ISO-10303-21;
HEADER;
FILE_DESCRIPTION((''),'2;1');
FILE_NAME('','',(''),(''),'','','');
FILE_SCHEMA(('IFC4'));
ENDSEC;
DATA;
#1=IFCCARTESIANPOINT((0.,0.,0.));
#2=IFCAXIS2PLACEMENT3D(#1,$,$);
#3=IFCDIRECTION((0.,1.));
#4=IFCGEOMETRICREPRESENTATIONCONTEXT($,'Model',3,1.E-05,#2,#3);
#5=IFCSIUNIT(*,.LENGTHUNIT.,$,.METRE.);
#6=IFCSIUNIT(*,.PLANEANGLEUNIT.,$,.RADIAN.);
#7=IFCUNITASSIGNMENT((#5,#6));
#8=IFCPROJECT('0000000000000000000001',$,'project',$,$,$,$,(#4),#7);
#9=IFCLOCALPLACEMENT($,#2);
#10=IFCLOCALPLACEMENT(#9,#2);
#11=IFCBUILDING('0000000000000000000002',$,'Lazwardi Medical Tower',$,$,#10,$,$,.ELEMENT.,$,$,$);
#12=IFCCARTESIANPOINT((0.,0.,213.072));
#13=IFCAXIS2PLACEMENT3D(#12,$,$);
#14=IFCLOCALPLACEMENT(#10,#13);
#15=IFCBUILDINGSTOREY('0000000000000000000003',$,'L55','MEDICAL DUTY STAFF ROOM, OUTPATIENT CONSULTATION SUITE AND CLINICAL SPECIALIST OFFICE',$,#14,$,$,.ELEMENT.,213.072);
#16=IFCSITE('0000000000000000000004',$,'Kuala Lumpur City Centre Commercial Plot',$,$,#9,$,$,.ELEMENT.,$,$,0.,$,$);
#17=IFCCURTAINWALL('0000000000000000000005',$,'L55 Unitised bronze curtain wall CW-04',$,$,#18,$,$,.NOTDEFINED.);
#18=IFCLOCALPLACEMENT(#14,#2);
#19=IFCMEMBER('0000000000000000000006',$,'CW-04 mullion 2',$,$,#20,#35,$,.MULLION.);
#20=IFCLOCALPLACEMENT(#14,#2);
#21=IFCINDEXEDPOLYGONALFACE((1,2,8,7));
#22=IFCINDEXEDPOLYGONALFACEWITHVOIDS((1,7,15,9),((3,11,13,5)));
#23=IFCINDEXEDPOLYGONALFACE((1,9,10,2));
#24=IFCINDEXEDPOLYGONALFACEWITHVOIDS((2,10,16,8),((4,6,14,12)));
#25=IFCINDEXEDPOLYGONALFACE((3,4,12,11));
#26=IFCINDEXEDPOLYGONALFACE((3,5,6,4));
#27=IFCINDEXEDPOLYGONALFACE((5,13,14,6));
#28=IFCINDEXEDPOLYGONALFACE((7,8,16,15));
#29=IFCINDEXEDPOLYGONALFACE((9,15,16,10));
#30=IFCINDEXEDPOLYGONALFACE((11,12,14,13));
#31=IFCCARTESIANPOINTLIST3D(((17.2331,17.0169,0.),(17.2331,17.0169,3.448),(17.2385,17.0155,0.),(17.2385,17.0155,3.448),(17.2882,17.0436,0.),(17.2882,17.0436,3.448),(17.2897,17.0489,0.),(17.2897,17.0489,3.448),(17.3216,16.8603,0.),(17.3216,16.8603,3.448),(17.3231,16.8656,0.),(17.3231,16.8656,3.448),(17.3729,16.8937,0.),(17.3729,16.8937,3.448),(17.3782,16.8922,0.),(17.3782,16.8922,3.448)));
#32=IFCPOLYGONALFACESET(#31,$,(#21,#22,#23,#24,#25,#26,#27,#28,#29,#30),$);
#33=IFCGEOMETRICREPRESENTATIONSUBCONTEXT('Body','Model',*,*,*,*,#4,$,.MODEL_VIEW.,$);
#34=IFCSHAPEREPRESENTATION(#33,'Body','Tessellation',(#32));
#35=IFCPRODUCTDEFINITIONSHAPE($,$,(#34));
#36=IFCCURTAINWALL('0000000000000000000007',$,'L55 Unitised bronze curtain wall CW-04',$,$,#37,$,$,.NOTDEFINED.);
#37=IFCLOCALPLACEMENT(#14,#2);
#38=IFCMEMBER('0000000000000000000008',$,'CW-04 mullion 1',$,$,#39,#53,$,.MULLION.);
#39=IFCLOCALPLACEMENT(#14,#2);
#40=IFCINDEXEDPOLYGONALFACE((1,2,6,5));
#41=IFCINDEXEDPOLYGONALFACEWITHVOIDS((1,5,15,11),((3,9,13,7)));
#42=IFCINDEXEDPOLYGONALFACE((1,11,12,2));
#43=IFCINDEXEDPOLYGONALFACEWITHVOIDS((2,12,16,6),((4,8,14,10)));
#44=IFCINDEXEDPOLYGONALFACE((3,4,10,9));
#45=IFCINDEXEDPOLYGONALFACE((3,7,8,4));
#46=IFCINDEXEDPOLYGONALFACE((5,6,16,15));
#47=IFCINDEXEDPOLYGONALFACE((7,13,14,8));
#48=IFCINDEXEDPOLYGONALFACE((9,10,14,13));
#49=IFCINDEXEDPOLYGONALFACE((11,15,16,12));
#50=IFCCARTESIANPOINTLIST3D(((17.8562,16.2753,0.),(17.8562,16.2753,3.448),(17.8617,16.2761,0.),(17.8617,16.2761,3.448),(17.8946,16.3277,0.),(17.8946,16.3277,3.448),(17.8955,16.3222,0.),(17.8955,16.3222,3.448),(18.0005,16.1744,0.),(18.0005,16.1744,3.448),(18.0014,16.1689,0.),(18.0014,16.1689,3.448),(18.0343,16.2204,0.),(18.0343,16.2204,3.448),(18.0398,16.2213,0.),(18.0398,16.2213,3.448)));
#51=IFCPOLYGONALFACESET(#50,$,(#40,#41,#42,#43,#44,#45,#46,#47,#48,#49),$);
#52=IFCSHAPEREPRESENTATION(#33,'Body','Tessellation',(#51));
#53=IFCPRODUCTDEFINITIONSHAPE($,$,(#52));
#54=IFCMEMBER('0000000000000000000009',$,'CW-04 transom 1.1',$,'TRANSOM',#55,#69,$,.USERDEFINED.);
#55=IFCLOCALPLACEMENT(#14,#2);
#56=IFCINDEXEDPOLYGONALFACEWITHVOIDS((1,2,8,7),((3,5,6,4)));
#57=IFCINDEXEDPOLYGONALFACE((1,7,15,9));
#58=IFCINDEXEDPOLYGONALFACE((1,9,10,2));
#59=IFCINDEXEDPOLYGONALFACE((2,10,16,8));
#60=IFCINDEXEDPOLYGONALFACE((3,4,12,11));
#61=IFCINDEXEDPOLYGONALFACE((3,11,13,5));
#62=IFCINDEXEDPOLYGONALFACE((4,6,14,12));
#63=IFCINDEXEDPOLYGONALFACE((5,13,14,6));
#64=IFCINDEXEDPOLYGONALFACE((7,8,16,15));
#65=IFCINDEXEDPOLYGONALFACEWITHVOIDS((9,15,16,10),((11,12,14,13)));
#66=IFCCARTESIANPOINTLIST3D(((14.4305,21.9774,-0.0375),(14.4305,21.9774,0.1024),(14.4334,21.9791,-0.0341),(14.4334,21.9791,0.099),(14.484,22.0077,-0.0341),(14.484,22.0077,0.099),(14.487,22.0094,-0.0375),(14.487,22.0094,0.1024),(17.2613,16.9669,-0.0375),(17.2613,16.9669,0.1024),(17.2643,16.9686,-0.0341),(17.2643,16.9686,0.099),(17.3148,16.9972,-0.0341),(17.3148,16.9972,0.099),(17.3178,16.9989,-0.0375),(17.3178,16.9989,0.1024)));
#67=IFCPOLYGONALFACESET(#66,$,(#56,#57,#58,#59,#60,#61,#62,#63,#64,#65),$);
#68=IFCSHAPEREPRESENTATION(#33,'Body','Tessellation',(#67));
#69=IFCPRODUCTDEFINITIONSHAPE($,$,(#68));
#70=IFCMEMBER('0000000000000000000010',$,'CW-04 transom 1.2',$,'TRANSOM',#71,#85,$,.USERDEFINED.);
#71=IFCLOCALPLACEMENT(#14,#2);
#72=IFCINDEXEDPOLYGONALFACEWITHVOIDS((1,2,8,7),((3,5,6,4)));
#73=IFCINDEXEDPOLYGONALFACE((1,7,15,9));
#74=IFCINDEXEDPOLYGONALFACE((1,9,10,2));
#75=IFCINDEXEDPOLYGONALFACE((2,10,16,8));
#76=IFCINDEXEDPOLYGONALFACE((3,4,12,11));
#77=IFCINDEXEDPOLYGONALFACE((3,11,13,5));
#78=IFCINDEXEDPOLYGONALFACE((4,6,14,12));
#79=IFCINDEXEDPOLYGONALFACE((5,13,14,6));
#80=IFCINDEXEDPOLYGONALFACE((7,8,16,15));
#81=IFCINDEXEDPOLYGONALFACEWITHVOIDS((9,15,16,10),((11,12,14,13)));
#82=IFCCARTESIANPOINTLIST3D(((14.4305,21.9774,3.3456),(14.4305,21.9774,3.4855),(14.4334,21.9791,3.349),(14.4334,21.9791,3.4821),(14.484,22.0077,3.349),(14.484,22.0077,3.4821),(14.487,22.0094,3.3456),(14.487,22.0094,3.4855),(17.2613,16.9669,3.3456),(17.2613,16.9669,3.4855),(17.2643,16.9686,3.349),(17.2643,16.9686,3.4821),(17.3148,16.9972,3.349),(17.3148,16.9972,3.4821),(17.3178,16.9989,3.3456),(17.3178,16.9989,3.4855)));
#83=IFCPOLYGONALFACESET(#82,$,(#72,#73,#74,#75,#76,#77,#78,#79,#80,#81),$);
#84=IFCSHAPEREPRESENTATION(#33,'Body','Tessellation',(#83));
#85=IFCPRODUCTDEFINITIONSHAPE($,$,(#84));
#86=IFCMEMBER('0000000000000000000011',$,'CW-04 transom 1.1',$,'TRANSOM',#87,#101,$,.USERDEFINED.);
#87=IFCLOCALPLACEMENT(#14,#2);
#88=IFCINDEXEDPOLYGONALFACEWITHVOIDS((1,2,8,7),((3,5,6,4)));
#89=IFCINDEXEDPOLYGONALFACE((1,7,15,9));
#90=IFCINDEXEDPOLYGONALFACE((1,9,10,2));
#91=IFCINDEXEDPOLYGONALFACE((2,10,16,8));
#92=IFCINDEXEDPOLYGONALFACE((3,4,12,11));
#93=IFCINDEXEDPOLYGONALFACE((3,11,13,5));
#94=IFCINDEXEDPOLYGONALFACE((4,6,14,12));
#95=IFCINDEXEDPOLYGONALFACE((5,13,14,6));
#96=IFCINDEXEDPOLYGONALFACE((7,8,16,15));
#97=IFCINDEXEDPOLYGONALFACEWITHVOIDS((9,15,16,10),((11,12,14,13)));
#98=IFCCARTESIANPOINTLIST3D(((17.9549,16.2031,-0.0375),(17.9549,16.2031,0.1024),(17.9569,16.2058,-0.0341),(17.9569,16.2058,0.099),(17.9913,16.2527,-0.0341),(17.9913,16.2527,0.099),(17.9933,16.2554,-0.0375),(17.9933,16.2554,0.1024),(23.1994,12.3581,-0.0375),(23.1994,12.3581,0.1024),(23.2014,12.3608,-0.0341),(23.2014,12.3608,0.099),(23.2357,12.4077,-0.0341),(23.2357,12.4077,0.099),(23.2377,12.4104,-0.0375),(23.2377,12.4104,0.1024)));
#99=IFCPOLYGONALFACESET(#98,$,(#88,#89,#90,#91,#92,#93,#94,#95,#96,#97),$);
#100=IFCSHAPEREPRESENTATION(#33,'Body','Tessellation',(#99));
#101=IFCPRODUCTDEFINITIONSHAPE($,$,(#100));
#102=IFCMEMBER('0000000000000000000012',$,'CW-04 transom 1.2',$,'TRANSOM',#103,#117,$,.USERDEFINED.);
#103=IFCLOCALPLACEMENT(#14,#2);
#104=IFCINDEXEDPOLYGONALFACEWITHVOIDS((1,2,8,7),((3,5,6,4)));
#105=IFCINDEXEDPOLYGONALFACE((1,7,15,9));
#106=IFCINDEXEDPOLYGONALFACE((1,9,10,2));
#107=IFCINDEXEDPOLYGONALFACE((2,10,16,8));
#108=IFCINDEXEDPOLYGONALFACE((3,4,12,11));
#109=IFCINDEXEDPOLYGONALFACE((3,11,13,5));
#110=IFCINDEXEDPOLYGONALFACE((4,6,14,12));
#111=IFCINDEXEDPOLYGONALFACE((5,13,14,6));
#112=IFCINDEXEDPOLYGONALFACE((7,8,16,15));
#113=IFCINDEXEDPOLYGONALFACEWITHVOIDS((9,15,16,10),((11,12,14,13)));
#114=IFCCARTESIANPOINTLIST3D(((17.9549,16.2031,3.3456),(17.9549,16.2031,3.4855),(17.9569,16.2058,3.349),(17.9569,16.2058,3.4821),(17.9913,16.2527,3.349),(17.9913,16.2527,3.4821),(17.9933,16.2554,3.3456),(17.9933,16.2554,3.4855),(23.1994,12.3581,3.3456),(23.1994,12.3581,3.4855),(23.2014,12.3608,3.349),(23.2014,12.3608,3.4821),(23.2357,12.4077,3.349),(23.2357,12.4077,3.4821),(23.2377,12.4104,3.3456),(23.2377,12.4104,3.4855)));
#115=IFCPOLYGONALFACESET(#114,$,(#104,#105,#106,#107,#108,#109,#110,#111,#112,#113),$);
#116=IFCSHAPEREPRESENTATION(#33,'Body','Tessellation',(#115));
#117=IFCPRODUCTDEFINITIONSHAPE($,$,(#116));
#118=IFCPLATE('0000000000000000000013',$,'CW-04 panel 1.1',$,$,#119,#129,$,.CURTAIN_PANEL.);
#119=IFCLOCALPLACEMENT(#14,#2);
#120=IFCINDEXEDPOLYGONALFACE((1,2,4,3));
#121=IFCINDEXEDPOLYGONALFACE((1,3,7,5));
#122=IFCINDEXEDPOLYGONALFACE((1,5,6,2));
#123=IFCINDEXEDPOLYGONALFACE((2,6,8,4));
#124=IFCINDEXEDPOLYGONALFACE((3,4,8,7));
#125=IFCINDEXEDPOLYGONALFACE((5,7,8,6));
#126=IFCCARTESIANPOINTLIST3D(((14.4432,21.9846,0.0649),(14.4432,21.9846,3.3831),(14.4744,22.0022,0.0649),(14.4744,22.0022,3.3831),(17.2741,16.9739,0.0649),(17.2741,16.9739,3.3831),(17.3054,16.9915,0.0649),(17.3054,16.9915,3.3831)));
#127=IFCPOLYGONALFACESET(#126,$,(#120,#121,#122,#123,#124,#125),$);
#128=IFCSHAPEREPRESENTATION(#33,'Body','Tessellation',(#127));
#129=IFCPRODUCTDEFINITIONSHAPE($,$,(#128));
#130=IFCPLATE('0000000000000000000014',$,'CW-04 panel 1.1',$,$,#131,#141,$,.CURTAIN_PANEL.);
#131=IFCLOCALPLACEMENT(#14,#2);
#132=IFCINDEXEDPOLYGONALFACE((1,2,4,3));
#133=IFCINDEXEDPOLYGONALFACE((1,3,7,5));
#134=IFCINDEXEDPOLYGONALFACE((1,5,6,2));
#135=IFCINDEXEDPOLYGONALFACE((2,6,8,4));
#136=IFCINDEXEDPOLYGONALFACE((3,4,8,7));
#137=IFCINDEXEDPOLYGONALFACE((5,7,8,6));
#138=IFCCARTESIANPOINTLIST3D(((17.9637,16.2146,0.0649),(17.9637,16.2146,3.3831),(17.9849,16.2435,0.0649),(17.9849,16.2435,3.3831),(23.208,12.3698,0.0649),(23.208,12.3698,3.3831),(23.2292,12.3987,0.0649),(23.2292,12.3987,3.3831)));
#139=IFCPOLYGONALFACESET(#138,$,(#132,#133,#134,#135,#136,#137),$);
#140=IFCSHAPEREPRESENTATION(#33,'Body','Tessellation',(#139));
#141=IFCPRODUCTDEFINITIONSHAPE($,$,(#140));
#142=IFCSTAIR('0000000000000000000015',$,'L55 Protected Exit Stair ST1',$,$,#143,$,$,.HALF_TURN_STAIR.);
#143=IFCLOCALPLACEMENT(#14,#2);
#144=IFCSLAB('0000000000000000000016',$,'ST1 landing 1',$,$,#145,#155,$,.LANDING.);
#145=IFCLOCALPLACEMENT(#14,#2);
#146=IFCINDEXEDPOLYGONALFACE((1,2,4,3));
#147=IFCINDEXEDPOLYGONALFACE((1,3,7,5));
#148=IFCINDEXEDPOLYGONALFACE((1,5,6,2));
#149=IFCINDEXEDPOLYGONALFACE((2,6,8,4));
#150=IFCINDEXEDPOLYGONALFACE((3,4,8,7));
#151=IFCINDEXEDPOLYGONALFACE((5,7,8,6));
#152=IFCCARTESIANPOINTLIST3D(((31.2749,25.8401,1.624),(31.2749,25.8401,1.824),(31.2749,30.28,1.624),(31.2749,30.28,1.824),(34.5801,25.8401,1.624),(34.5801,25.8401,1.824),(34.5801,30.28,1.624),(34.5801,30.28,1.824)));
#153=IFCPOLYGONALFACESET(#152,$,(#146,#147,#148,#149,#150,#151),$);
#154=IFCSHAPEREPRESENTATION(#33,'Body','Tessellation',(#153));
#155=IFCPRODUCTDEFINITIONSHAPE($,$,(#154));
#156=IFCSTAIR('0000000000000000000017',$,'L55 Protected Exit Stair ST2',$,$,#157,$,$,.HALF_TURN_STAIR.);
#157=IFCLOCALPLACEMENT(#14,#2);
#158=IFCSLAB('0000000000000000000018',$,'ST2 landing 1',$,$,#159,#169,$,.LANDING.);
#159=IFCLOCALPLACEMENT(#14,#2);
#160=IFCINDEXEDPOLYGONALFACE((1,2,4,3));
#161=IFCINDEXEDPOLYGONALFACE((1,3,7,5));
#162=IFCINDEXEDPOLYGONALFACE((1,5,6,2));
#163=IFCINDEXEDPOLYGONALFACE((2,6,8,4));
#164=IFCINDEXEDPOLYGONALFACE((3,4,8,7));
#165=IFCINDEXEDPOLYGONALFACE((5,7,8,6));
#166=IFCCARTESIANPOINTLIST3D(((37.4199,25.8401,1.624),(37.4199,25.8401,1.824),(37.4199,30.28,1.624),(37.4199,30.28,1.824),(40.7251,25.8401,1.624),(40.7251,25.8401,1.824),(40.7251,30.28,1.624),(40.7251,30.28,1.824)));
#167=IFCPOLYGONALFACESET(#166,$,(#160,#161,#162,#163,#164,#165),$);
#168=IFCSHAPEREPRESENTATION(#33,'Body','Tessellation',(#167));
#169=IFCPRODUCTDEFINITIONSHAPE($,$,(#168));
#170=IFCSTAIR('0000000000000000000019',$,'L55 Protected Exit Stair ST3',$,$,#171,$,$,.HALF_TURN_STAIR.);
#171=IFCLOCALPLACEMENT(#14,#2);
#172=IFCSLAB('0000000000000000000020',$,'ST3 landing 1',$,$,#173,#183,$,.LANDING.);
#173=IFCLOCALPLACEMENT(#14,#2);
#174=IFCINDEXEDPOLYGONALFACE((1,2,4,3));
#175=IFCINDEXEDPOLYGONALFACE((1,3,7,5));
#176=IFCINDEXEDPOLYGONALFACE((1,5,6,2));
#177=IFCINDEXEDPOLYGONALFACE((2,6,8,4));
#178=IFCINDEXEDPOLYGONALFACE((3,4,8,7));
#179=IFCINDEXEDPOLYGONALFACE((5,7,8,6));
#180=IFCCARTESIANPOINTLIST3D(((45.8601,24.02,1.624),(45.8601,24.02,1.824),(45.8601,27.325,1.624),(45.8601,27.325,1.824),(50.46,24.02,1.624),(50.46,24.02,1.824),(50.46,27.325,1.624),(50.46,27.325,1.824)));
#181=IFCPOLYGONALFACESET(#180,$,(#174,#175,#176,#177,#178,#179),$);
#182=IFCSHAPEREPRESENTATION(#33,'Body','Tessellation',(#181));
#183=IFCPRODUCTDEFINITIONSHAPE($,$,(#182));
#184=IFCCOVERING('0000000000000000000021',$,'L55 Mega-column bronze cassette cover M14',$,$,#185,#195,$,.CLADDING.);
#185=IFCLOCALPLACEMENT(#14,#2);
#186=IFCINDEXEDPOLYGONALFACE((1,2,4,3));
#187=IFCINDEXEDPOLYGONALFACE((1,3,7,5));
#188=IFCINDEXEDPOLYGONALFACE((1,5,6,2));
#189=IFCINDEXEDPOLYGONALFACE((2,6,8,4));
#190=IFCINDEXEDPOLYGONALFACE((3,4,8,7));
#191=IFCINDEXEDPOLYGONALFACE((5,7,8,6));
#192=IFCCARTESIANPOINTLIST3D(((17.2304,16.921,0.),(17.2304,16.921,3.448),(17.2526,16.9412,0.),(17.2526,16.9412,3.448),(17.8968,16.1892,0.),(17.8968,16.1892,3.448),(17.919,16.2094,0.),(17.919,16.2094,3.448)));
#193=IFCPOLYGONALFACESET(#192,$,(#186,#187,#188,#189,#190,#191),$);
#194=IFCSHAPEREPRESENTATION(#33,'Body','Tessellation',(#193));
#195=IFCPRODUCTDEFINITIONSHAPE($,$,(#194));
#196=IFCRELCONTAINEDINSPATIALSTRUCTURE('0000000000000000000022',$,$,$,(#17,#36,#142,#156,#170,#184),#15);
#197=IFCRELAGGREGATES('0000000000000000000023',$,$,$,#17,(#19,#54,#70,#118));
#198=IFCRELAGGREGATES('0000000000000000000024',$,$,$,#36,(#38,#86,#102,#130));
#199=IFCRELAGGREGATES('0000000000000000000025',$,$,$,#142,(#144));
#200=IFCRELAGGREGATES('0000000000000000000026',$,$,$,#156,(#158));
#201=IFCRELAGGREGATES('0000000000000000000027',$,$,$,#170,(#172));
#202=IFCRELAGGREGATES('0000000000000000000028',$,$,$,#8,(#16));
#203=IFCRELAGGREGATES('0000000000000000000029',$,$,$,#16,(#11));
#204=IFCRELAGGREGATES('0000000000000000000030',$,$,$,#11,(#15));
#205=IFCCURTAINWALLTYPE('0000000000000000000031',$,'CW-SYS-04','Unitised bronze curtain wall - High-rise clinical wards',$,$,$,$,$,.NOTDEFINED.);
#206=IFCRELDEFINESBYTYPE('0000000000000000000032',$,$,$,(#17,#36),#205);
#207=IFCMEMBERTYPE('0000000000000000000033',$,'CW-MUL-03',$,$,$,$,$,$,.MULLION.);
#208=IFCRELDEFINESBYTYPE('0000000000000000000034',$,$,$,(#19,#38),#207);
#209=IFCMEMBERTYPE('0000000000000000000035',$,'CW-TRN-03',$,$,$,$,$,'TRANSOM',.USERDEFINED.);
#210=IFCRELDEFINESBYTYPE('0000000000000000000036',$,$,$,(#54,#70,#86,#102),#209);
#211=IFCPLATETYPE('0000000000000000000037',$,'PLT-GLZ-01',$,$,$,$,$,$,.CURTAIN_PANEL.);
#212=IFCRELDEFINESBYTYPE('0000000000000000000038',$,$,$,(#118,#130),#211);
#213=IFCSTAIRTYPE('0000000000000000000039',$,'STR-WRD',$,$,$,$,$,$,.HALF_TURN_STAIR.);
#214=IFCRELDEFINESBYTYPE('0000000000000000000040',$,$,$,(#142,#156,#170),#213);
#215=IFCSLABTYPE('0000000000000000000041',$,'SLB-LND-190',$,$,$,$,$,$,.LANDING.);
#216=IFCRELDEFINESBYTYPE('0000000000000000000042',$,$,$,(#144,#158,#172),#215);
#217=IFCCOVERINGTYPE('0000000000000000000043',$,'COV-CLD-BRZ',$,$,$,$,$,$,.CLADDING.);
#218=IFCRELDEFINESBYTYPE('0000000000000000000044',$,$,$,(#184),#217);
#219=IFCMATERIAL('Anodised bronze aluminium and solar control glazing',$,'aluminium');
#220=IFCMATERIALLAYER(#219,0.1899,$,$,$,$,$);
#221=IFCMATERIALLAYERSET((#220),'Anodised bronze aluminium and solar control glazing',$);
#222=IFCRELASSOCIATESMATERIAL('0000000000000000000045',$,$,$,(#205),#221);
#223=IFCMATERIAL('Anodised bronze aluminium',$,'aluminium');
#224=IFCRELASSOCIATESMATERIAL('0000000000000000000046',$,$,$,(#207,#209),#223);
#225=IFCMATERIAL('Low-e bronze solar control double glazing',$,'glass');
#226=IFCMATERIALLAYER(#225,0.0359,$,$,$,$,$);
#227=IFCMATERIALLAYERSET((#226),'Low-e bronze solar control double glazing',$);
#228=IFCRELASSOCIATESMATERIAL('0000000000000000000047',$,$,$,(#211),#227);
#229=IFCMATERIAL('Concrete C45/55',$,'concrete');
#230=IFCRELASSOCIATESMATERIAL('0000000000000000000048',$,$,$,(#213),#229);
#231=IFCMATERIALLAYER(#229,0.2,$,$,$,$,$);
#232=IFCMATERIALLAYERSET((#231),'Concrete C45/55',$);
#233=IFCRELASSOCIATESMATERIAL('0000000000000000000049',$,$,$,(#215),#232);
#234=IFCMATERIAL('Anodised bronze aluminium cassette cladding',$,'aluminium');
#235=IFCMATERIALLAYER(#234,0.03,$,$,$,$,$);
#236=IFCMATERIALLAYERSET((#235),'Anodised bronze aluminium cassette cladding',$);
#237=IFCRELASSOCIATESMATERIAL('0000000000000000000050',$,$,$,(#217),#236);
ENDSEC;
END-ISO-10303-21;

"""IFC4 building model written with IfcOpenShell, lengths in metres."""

from ifc_helpers import new_model, si_unit, direction, frame, origin, origin_2d, place, context, subcontext, project, spatial, polyline, rectangle, hollow_rectangle, outline, extrude, material, layer, layer_set, material_profile, profile_set, type_object, element, aggregate, save


model = new_model("IFC4")

# Units and contexts
model_context = context("Model", 3, precision=1e-05, world=origin(), true_north=direction((0.0, 1.0)))
body_context = subcontext(model_context, "Body", "Model", "MODEL_VIEW")
ifc_project = project(units=[si_unit("LENGTHUNIT", "METRE"), si_unit("PLANEANGLEUNIT", "RADIAN")], contexts=[model_context])

# Site, building, storey
site_placement = place(None, origin())
site = spatial("IfcSite", under=ifc_project, at=site_placement, Name="Kuala Lumpur City Centre Commercial Plot", CompositionType="ELEMENT", RefElevation=0.0)
building_placement = place(site_placement, origin())
building = spatial("IfcBuilding", under=site, at=building_placement, Name="Lazwardi Medical Tower", CompositionType="ELEMENT")
storey_placement = place(building_placement, frame((0.0, 0.0, 213.072)))
storey = spatial("IfcBuildingStorey", under=building, at=storey_placement, Name="L55", Description="MEDICAL DUTY STAFF ROOM, OUTPATIENT CONSULTATION SUITE AND CLINICAL SPECIALIST OFFICE", CompositionType="ELEMENT", Elevation=213.072)

# Curtain walls, members
ifc_material_1 = material(Name="Anodised bronze aluminium and solar control glazing", Category="aluminium")
ifc_layer_1 = layer(ifc_material_1, 0.1899)
ifc_layer_set_1 = layer_set([ifc_layer_1], Name="Anodised bronze aluminium and solar control glazing")
curtain_wall_type = type_object("IfcCurtainWallType", Name="CW-SYS-04", Description="Unitised bronze curtain wall - High-rise clinical wards", PredefinedType="NOTDEFINED", material=ifc_layer_set_1)
curtain_wall_1_placement = place(storey_placement, origin())
curtain_wall_1 = element("IfcCurtainWall", 1, at=curtain_wall_1_placement, inside=storey, type_object=curtain_wall_type, Name="L55 Unitised bronze curtain wall CW-04", PredefinedType="NOTDEFINED")
ifc_material_2 = material(Name="Anodised bronze aluminium", Category="aluminium")
ifc_material_profile_1 = material_profile(ifc_material_2, hollow_rectangle(XDim=0.0649, YDim=0.1799, WallThickness=0.0039, at=origin_2d()), Name="ALU-MULLION 180x65x4")
ifc_profile_set_1 = profile_set([ifc_material_profile_1], Name="Anodised bronze aluminium")
member_type_1 = type_object("IfcMemberType", Name="CW-MUL-03", PredefinedType="MULLION", material=ifc_profile_set_1)
member_1_placement = place(storey_placement, frame((17.3057, 16.9546, 0.0), z_axis=(0.0, 0.0, 1.0), x_axis=(0.870651, 0.4919, 0.0)))
member_1 = element("IfcMember", 2, at=member_1_placement, type_object=member_type_1, Name="CW-04 mullion 2", PredefinedType="MULLION", context=body_context, shape_type="SweptSolid", body=[
    extrude(hollow_rectangle(XDim=0.0649, YDim=0.1799, WallThickness=0.0039, at=origin_2d()), origin(), (0.0, 0.0, 1.0), 3.448),
])
curtain_wall_2_placement = place(storey_placement, origin())
curtain_wall_2 = element("IfcCurtainWall", 3, at=curtain_wall_2_placement, inside=storey, type_object=curtain_wall_type, Name="L55 Unitised bronze curtain wall CW-04", PredefinedType="NOTDEFINED")
member_2_placement = place(storey_placement, frame((17.948, 16.2483, 0.0), z_axis=(0.0, 0.0, 1.0), x_axis=(0.591268, 0.806475, 0.0)))
member_2 = element("IfcMember", 4, at=member_2_placement, type_object=member_type_1, Name="CW-04 mullion 1", PredefinedType="MULLION", context=body_context, shape_type="SweptSolid", body=[
    extrude(hollow_rectangle(XDim=0.0649, YDim=0.1799, WallThickness=0.0039, at=origin_2d()), origin(), (0.0, 0.0, 1.0), 3.448),
])

# Members
ifc_material_profile_2 = material_profile(ifc_material_2, hollow_rectangle(XDim=0.0649, YDim=0.1399, WallThickness=0.0034, at=origin_2d()), Name="ALU-TRANSOM 140x65x3.5")
ifc_profile_set_2 = profile_set([ifc_material_profile_2], Name="Anodised bronze aluminium")
member_type_2 = type_object("IfcMemberType", Name="CW-TRN-03", ElementType="TRANSOM", PredefinedType="USERDEFINED", material=ifc_profile_set_2)
member_3_placement = place(storey_placement, frame((14.4587, 21.9934, 0.0325), z_axis=(0.491898, -0.870653, 0.0), x_axis=(0.870653, 0.491898, 0.0)))
member_3 = element("IfcMember", 5, at=member_3_placement, type_object=member_type_2, Name="CW-04 transom 1.1", ObjectType="TRANSOM", PredefinedType="USERDEFINED", context=body_context, shape_type="SweptSolid", body=[
    extrude(hollow_rectangle(XDim=0.0649, YDim=0.1399, WallThickness=0.0034, at=origin_2d()), origin(), (0.0, 0.0, 1.0), 5.7549),
])
member_4_placement = place(storey_placement, frame((14.4587, 21.9934, 3.4155), z_axis=(0.491898, -0.870653, 0.0), x_axis=(0.870653, 0.491898, 0.0)))
member_4 = element("IfcMember", 6, at=member_4_placement, type_object=member_type_2, Name="CW-04 transom 1.2", ObjectType="TRANSOM", PredefinedType="USERDEFINED", context=body_context, shape_type="SweptSolid", body=[
    extrude(hollow_rectangle(XDim=0.0649, YDim=0.1399, WallThickness=0.0034, at=origin_2d()), origin(), (0.0, 0.0, 1.0), 5.7549),
])
member_5_placement = place(storey_placement, frame((17.9741, 16.2292, 0.0325), z_axis=(0.806472, -0.591273, 0.0), x_axis=(0.591273, 0.806472, 0.0)))
member_5 = element("IfcMember", 7, at=member_5_placement, type_object=member_type_2, Name="CW-04 transom 1.1", ObjectType="TRANSOM", PredefinedType="USERDEFINED", context=body_context, shape_type="SweptSolid", body=[
    extrude(hollow_rectangle(XDim=0.0649, YDim=0.1399, WallThickness=0.0034, at=origin_2d()), origin(), (0.0, 0.0, 1.0), 6.5029),
])
member_6_placement = place(storey_placement, frame((17.9741, 16.2292, 3.4155), z_axis=(0.806472, -0.591273, 0.0), x_axis=(0.591273, 0.806472, 0.0)))
member_6 = element("IfcMember", 8, at=member_6_placement, type_object=member_type_2, Name="CW-04 transom 1.2", ObjectType="TRANSOM", PredefinedType="USERDEFINED", context=body_context, shape_type="SweptSolid", body=[
    extrude(hollow_rectangle(XDim=0.0649, YDim=0.1399, WallThickness=0.0034, at=origin_2d()), origin(), (0.0, 0.0, 1.0), 6.5029),
])

# Plates
ifc_material_3 = material(Name="Low-e bronze solar control double glazing", Category="glass")
ifc_layer_2 = layer(ifc_material_3, 0.0359)
ifc_layer_set_2 = layer_set([ifc_layer_2], Name="Low-e bronze solar control double glazing")
plate_type = type_object("IfcPlateType", Name="PLT-GLZ-01", PredefinedType="CURTAIN_PANEL", material=ifc_layer_set_2)
plate_1_placement = place(storey_placement, frame((15.8743, 19.488, 0.0649), z_axis=(0.0, 0.0, 1.0), x_axis=(0.4919, -0.870651, 0.0)))
plate_1 = element("IfcPlate", 9, at=plate_1_placement, type_object=plate_type, Name="CW-04 panel 1.1", PredefinedType="CURTAIN_PANEL", context=body_context, shape_type="SweptSolid", body=[
    extrude(rectangle(XDim=5.7551, YDim=0.0359, at=origin_2d()), origin(), (0.0, 0.0, 1.0), 3.3181),
])
aggregate(curtain_wall_1, [member_1, member_3, member_4, plate_1])
plate_2_placement = place(storey_placement, frame((20.5964, 14.3066, 0.0649), z_axis=(0.0, 0.0, 1.0), x_axis=(0.806475, -0.591268, 0.0)))
plate_2 = element("IfcPlate", 10, at=plate_2_placement, type_object=plate_type, Name="CW-04 panel 1.1", PredefinedType="CURTAIN_PANEL", context=body_context, shape_type="SweptSolid", body=[
    extrude(rectangle(XDim=6.5027, YDim=0.0359, at=origin_2d()), origin(), (0.0, 0.0, 1.0), 3.3181),
])
aggregate(curtain_wall_2, [member_2, member_5, member_6, plate_2])

# Stairs, slabs
ifc_material_4 = material(Name="Concrete C45/55", Category="concrete")
stair_type = type_object("IfcStairType", Name="STR-WRD", PredefinedType="HALF_TURN_STAIR", material=ifc_material_4)
stair_1_placement = place(storey_placement, origin())
stair_1 = element("IfcStair", 11, at=stair_1_placement, inside=storey, type_object=stair_type, Name="L55 Protected Exit Stair ST1", PredefinedType="HALF_TURN_STAIR")
ifc_layer_3 = layer(ifc_material_4, 0.2)
ifc_layer_set_3 = layer_set([ifc_layer_3], Name="Concrete C45/55")
slab_type = type_object("IfcSlabType", Name="SLB-LND-190", PredefinedType="LANDING", material=ifc_layer_set_3)
slab_1_placement = place(storey_placement, frame((0.0, 0.0, 1.624)))
slab_1 = element("IfcSlab", 12, at=slab_1_placement, type_object=slab_type, Name="ST1 landing 1", PredefinedType="LANDING", context=body_context, shape_type="SweptSolid", body=[
    extrude(outline(polyline([(31.2749, 25.8401), (34.5801, 25.8401), (34.5801, 30.28), (31.2749, 30.28), (31.2749, 25.8401)])), origin(), (0.0, 0.0, 1.0), 0.2),
])
aggregate(stair_1, [slab_1])
stair_2_placement = place(storey_placement, origin())
stair_2 = element("IfcStair", 13, at=stair_2_placement, inside=storey, type_object=stair_type, Name="L55 Protected Exit Stair ST2", PredefinedType="HALF_TURN_STAIR")
slab_2_placement = place(storey_placement, frame((0.0, 0.0, 1.624)))
slab_2 = element("IfcSlab", 14, at=slab_2_placement, type_object=slab_type, Name="ST2 landing 1", PredefinedType="LANDING", context=body_context, shape_type="SweptSolid", body=[
    extrude(outline(polyline([(40.7251, 30.28), (37.4199, 30.28), (37.4199, 25.8401), (40.7251, 25.8401), (40.7251, 30.28)])), origin(), (0.0, 0.0, 1.0), 0.2),
])
aggregate(stair_2, [slab_2])
stair_3_placement = place(storey_placement, origin())
stair_3 = element("IfcStair", 15, at=stair_3_placement, inside=storey, type_object=stair_type, Name="L55 Protected Exit Stair ST3", PredefinedType="HALF_TURN_STAIR")
slab_3_placement = place(storey_placement, frame((0.0, 0.0, 1.624)))
slab_3 = element("IfcSlab", 16, at=slab_3_placement, type_object=slab_type, Name="ST3 landing 1", PredefinedType="LANDING", context=body_context, shape_type="SweptSolid", body=[
    extrude(outline(polyline([(45.8601, 27.325), (45.8601, 24.02), (50.46, 24.02), (50.46, 27.325), (45.8601, 27.325)])), origin(), (0.0, 0.0, 1.0), 0.2),
])
aggregate(stair_3, [slab_3])

# Covering
ifc_material_5 = material(Name="Anodised bronze aluminium cassette cladding", Category="aluminium")
ifc_layer_4 = layer(ifc_material_5, 0.03)
ifc_layer_set_4 = layer_set([ifc_layer_4], Name="Anodised bronze aluminium cassette cladding")
covering_type_1 = type_object("IfcCoveringType", Name="COV-CLD-BRZ", PredefinedType="CLADDING", material=ifc_layer_set_4)
covering_1_placement = place(storey_placement, frame((17.5747, 16.5652, 0.0), z_axis=(0.0, 0.0, 1.0), x_axis=(0.673241, -0.739423, 0.0)))
element("IfcCovering", 17, at=covering_1_placement, inside=storey, type_object=covering_type_1, Name="L55 Mega-column bronze cassette cover M14", PredefinedType="CLADDING", context=body_context, shape_type="SweptSolid", body=[
    extrude(rectangle(XDim=0.9897, YDim=0.03, at=origin_2d()), origin(), (0.0, 0.0, 1.0), 3.448),
])

save(model, "model.ifc")
